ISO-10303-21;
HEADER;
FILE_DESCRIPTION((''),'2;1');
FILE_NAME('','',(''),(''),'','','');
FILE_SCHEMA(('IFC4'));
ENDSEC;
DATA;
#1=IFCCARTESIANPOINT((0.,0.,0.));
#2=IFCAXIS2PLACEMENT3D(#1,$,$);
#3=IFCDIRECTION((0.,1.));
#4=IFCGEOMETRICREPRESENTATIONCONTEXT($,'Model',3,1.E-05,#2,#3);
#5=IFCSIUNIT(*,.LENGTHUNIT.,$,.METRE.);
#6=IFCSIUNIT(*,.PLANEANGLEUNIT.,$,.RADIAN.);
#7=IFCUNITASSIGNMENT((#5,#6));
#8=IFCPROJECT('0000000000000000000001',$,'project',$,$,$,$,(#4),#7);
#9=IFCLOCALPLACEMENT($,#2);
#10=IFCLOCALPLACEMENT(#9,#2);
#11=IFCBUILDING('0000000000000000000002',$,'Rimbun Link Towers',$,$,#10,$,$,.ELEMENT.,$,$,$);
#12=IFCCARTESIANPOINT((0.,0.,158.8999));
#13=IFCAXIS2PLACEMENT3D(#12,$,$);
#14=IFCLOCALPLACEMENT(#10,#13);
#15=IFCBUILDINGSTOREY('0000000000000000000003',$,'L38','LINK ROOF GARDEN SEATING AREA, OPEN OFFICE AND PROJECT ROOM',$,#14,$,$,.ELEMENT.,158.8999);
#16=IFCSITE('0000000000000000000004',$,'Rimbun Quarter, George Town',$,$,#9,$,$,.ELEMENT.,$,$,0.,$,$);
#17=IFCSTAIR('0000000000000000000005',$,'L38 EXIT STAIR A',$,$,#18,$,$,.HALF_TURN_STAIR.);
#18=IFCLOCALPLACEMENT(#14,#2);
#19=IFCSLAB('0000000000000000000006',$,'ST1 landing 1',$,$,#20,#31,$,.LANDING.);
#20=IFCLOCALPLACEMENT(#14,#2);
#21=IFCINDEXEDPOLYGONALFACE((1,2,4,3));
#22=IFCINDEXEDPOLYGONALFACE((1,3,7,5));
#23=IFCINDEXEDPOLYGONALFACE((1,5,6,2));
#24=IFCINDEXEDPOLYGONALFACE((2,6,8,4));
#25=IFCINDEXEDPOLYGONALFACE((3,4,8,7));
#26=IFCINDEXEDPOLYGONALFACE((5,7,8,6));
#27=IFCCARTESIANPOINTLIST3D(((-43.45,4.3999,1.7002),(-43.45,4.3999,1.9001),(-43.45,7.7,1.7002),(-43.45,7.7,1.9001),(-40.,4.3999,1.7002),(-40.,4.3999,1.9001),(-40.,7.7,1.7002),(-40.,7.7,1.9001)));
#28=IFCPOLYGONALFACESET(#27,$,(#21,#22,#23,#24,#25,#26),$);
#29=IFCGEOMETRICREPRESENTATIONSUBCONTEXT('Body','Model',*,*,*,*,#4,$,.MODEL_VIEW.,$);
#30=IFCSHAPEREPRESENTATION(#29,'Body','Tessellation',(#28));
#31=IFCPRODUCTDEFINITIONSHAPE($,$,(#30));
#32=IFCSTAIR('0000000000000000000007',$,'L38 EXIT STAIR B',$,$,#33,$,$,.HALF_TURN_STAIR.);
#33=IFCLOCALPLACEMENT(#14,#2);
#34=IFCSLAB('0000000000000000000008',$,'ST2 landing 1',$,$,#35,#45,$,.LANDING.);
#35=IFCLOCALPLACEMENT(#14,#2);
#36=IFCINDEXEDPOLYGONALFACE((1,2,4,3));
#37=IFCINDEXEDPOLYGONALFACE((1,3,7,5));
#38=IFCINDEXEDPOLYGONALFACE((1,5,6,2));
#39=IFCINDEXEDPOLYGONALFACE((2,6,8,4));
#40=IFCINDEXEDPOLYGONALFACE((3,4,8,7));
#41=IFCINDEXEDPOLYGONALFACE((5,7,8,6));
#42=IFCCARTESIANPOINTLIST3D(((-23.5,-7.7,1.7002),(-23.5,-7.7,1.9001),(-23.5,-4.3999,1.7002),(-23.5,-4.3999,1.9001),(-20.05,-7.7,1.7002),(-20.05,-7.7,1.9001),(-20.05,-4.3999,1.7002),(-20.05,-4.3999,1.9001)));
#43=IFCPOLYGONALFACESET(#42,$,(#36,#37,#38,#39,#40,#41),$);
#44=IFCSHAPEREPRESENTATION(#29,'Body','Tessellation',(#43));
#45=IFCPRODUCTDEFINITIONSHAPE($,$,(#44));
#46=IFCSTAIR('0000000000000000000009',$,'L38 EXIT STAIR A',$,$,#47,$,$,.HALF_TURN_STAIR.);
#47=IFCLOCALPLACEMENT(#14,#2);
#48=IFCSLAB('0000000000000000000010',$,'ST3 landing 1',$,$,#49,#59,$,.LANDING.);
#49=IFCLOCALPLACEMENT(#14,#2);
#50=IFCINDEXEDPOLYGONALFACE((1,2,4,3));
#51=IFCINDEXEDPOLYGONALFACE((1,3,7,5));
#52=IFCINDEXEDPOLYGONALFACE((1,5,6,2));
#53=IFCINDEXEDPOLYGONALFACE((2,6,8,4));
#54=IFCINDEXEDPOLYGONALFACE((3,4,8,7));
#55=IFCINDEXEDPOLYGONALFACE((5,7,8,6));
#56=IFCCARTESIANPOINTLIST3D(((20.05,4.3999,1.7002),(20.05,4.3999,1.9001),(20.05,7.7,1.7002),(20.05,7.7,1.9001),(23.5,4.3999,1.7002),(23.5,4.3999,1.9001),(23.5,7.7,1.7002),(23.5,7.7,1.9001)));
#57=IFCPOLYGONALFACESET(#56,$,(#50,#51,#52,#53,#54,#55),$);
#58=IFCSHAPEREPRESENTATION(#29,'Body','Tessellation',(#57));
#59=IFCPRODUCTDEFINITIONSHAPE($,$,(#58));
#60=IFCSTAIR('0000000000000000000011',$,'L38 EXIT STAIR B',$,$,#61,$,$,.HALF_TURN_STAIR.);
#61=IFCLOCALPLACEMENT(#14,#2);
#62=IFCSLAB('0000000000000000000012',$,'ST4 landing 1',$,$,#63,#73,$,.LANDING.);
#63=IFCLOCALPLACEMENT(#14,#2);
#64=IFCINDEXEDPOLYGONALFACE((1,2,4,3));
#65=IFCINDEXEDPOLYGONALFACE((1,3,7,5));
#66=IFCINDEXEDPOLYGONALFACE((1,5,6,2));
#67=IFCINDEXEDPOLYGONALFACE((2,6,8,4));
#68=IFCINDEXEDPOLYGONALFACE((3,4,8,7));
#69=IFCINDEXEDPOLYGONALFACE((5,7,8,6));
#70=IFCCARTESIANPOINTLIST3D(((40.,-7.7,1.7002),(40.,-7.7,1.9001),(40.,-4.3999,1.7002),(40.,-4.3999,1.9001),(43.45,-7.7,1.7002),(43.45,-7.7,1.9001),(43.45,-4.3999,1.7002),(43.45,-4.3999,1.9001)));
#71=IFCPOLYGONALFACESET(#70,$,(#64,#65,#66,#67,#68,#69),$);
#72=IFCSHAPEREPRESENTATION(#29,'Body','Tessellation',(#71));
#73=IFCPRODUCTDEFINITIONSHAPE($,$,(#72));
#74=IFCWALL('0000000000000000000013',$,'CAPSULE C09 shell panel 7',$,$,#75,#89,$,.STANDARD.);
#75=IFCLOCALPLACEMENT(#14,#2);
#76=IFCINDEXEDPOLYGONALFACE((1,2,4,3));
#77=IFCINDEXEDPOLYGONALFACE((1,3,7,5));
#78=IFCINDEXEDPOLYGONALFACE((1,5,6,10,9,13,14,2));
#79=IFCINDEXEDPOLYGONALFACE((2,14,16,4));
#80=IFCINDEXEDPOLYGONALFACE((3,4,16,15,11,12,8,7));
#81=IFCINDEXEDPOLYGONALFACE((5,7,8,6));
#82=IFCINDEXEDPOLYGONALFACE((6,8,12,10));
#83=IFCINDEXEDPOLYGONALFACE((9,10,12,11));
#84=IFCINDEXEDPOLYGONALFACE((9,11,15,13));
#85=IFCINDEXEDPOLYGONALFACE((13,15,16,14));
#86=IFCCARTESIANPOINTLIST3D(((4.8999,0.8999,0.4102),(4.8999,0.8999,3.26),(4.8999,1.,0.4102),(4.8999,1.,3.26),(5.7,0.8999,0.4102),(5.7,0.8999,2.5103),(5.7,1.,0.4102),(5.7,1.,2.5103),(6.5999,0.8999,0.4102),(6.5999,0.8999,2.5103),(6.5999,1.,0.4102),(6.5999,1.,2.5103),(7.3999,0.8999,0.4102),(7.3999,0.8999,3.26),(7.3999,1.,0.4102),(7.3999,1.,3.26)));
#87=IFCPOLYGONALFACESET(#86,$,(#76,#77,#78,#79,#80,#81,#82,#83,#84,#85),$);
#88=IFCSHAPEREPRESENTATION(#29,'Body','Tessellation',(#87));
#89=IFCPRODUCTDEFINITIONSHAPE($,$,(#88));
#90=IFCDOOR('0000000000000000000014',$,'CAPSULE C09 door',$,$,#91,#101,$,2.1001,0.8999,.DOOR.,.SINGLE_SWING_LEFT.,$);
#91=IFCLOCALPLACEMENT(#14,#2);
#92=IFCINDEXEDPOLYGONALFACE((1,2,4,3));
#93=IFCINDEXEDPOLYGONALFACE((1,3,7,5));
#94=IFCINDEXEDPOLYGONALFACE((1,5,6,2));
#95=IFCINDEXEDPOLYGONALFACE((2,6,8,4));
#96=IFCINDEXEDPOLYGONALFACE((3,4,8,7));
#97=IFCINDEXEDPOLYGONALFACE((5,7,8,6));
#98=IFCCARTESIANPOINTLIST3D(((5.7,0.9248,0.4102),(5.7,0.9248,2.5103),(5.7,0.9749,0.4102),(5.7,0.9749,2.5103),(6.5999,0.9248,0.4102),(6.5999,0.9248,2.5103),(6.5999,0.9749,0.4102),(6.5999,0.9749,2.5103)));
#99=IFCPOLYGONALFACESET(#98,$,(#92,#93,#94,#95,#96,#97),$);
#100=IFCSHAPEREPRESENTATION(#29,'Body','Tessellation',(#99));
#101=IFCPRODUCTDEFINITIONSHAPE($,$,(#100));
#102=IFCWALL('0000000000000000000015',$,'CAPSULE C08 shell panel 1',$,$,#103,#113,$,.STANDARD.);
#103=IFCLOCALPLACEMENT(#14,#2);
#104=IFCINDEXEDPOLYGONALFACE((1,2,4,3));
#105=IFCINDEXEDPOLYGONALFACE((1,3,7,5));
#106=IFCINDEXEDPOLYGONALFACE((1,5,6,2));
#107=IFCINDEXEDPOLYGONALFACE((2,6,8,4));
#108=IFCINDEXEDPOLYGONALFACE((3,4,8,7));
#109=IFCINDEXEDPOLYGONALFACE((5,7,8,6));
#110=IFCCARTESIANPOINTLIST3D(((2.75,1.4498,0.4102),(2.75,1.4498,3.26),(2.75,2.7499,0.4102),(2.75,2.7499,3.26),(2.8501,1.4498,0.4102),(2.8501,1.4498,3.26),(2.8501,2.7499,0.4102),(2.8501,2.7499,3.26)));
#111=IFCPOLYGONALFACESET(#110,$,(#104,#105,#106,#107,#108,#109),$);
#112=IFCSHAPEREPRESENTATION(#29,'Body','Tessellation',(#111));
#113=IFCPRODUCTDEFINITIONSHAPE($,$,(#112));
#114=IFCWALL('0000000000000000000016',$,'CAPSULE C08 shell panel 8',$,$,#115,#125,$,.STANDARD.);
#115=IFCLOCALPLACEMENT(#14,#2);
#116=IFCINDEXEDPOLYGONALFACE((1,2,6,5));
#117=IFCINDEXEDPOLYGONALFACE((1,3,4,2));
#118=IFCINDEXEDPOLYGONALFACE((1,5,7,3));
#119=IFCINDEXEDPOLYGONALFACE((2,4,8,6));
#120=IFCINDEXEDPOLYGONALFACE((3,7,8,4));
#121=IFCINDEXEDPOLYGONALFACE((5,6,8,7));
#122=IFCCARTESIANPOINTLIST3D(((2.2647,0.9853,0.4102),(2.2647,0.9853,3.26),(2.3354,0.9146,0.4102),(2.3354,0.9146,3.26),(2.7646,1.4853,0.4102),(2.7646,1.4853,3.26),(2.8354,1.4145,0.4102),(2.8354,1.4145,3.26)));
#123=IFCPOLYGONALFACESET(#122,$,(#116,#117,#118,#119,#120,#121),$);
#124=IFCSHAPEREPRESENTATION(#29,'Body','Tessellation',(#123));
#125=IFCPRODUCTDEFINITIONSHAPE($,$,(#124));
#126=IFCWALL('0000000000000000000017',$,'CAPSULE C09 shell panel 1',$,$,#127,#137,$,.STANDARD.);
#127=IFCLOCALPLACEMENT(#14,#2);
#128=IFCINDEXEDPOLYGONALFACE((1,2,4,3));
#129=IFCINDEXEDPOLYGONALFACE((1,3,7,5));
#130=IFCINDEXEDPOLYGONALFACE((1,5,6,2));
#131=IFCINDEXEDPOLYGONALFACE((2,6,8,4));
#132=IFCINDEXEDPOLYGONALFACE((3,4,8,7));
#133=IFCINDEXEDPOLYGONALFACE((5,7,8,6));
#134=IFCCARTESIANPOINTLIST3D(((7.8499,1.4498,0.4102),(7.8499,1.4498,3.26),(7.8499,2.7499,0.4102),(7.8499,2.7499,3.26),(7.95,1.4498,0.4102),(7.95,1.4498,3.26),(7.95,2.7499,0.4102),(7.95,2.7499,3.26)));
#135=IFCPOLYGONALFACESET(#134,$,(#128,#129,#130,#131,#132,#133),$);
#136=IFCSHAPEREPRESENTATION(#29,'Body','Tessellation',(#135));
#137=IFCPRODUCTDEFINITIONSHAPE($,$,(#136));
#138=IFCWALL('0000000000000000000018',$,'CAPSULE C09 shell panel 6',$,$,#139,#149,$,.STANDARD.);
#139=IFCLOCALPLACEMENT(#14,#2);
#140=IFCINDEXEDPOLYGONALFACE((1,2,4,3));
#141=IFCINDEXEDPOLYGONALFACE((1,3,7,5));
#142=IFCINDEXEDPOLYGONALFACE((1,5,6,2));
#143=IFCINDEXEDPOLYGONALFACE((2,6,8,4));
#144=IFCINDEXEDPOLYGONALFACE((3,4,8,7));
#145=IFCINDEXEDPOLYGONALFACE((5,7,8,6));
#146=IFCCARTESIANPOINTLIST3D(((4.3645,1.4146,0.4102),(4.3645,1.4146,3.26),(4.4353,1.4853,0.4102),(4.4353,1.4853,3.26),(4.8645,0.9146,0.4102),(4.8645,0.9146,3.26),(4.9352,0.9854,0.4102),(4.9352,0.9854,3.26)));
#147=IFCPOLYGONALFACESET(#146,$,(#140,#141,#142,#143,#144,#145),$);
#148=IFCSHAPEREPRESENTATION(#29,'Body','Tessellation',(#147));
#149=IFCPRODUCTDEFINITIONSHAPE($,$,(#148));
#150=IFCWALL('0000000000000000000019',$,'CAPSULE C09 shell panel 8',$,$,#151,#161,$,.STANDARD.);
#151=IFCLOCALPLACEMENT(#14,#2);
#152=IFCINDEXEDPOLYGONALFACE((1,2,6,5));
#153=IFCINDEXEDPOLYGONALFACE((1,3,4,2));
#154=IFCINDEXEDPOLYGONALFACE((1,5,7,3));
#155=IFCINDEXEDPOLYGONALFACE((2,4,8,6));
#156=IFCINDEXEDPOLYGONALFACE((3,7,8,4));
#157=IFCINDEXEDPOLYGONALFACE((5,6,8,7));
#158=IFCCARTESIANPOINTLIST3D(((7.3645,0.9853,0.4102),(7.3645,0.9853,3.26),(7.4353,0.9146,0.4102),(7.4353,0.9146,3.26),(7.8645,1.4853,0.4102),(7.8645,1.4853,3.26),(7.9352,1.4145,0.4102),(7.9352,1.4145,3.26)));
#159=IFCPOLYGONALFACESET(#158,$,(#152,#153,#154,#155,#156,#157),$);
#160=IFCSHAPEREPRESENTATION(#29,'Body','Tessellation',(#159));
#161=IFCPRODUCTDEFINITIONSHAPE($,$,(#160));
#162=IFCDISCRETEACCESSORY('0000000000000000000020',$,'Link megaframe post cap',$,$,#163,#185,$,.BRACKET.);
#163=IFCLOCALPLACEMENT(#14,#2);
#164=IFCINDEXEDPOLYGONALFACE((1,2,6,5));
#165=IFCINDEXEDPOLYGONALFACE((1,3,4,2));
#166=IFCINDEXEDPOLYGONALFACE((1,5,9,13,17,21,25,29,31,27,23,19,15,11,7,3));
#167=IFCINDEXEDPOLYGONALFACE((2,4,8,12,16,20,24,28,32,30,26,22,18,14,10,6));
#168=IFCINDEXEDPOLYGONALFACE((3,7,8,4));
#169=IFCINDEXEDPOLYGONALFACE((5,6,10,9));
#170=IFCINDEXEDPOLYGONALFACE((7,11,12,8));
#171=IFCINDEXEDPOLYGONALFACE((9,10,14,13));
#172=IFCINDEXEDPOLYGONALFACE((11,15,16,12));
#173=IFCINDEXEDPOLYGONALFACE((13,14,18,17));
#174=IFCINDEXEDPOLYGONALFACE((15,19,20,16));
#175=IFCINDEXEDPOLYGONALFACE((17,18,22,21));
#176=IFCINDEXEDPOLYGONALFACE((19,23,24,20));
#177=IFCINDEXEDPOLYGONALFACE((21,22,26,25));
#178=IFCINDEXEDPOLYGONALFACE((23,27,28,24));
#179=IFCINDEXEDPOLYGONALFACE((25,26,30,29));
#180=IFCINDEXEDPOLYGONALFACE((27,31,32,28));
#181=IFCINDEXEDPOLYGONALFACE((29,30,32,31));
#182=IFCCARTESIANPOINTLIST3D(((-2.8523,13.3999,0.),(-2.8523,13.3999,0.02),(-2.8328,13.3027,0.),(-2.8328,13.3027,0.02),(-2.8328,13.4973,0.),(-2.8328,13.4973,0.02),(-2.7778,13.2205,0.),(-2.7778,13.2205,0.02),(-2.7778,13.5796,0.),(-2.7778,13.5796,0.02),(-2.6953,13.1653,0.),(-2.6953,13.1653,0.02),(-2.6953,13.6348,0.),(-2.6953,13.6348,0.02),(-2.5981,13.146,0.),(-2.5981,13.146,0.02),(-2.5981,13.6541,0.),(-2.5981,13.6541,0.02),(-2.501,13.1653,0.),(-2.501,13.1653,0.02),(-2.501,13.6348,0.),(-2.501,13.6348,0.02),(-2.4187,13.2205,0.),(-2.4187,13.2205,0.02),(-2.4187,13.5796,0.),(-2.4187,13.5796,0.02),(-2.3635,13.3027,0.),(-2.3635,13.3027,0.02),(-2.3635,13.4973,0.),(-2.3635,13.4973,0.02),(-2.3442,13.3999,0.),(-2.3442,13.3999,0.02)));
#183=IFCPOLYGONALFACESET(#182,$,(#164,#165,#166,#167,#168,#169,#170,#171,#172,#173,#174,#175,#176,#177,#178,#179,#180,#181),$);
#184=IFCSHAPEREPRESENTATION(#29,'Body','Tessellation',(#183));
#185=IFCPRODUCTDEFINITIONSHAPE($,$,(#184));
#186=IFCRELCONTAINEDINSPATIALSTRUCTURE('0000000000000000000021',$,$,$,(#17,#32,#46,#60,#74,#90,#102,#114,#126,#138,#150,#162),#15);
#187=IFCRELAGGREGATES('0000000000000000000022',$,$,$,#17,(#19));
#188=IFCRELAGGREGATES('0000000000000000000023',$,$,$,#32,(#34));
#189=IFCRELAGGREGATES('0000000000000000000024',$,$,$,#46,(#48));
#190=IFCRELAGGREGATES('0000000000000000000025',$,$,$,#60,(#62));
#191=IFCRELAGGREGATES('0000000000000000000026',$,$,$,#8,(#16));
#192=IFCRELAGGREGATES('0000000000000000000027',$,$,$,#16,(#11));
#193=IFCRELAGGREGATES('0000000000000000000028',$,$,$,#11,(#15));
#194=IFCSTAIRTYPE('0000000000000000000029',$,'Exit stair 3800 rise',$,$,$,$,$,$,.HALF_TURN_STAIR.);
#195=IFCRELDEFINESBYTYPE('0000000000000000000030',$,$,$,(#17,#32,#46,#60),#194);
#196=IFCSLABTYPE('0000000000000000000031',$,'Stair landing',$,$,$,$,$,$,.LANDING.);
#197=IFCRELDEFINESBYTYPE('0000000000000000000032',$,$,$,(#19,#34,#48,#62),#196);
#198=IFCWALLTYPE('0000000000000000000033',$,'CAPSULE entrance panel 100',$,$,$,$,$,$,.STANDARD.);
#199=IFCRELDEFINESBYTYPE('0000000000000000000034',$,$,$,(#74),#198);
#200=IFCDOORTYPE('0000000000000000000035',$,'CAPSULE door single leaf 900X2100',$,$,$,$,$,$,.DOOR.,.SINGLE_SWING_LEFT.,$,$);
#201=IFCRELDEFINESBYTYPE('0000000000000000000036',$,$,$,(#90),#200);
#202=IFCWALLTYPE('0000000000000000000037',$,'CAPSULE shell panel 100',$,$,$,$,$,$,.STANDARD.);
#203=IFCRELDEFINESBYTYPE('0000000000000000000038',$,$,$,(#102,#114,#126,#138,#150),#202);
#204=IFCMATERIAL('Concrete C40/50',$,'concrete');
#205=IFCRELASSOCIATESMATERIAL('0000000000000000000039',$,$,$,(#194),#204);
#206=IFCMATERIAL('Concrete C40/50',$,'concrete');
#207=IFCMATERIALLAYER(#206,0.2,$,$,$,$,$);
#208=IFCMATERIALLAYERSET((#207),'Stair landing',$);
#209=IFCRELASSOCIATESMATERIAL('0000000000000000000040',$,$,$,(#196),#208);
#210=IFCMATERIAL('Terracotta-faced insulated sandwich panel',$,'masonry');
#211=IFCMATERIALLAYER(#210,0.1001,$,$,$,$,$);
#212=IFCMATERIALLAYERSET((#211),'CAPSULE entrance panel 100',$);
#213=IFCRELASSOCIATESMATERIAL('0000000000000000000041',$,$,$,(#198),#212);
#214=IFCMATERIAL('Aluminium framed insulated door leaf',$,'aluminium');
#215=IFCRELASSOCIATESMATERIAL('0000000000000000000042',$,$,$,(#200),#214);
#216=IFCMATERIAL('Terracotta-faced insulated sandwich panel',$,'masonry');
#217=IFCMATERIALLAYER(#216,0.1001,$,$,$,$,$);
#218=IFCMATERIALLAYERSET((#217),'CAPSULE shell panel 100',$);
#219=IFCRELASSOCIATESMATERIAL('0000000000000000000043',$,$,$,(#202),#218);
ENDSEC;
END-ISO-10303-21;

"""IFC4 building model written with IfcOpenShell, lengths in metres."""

from ifc_helpers import new_model, si_unit, direction, frame, frame_2d, origin, place, context, subcontext, project, spatial, polyline, rectangle, outline, extrude, material, layer, layer_set, type_object, element, fill, aggregate, save


model = new_model("IFC4")

# Units and contexts
model_context = context("Model", 3, precision=1e-05, world=origin(), true_north=direction((0.0, 1.0)))
body_context = subcontext(model_context, "Body", "Model", "MODEL_VIEW")
ifc_project = project(units=[si_unit("LENGTHUNIT", "METRE"), si_unit("PLANEANGLEUNIT", "RADIAN")], contexts=[model_context])

# Site, building, storey
site_placement = place(None, origin())
site = spatial("IfcSite", under=ifc_project, at=site_placement, Name="Rimbun Quarter, George Town", CompositionType="ELEMENT", RefElevation=0.0)
building_placement = place(site_placement, origin())
building = spatial("IfcBuilding", under=site, at=building_placement, Name="Rimbun Link Towers", CompositionType="ELEMENT")
storey_placement = place(building_placement, frame((0.0, 0.0, 158.8999)))
storey = spatial("IfcBuildingStorey", under=building, at=storey_placement, Name="L38", Description="LINK ROOF GARDEN SEATING AREA, OPEN OFFICE AND PROJECT ROOM", CompositionType="ELEMENT", Elevation=158.8999)

# Stairs, slabs
ifc_material_1 = material(Name="Concrete C40/50", Category="concrete")
stair_type = type_object("IfcStairType", Name="Exit stair 3800 rise", PredefinedType="HALF_TURN_STAIR", material=ifc_material_1)
stair_1_placement = place(storey_placement, origin())
stair_1 = element("IfcStair", 1, at=stair_1_placement, inside=storey, type_object=stair_type, Name="L38 EXIT STAIR A", PredefinedType="HALF_TURN_STAIR")
ifc_material_2 = material(Name="Concrete C40/50", Category="concrete")
ifc_layer_1 = layer(ifc_material_2, 0.2)
ifc_layer_set_1 = layer_set([ifc_layer_1], Name="Stair landing")
slab_type = type_object("IfcSlabType", Name="Stair landing", PredefinedType="LANDING", material=ifc_layer_set_1)
slab_1_placement = place(storey_placement, frame((0.0, 0.0, 1.7002)))
slab_1 = element("IfcSlab", 2, at=slab_1_placement, type_object=slab_type, Name="ST1 landing 1", PredefinedType="LANDING", context=body_context, shape_type="SweptSolid", body=[
    extrude(outline(polyline([(-40.0, 7.7), (-43.45, 7.7), (-43.45, 4.3999), (-40.0, 4.3999), (-40.0, 7.7)])), origin(), (0.0, 0.0, 1.0), 0.2),
])
aggregate(stair_1, [slab_1])
stair_2_placement = place(storey_placement, origin())
stair_2 = element("IfcStair", 3, at=stair_2_placement, inside=storey, type_object=stair_type, Name="L38 EXIT STAIR B", PredefinedType="HALF_TURN_STAIR")
slab_2_placement = place(storey_placement, frame((0.0, 0.0, 1.7002)))
slab_2 = element("IfcSlab", 4, at=slab_2_placement, type_object=slab_type, Name="ST2 landing 1", PredefinedType="LANDING", context=body_context, shape_type="SweptSolid", body=[
    extrude(outline(polyline([(-23.5, -7.7), (-20.05, -7.7), (-20.05, -4.3999), (-23.5, -4.3999), (-23.5, -7.7)])), origin(), (0.0, 0.0, 1.0), 0.2),
])
aggregate(stair_2, [slab_2])
stair_3_placement = place(storey_placement, origin())
stair_3 = element("IfcStair", 5, at=stair_3_placement, inside=storey, type_object=stair_type, Name="L38 EXIT STAIR A", PredefinedType="HALF_TURN_STAIR")
slab_3_placement = place(storey_placement, frame((0.0, 0.0, 1.7002)))
slab_3 = element("IfcSlab", 6, at=slab_3_placement, type_object=slab_type, Name="ST3 landing 1", PredefinedType="LANDING", context=body_context, shape_type="SweptSolid", body=[
    extrude(outline(polyline([(23.5, 7.7), (20.05, 7.7), (20.05, 4.3999), (23.5, 4.3999), (23.5, 7.7)])), origin(), (0.0, 0.0, 1.0), 0.2),
])
aggregate(stair_3, [slab_3])
stair_4_placement = place(storey_placement, origin())
stair_4 = element("IfcStair", 7, at=stair_4_placement, inside=storey, type_object=stair_type, Name="L38 EXIT STAIR B", PredefinedType="HALF_TURN_STAIR")
slab_4_placement = place(storey_placement, frame((0.0, 0.0, 1.7002)))
slab_4 = element("IfcSlab", 8, at=slab_4_placement, type_object=slab_type, Name="ST4 landing 1", PredefinedType="LANDING", context=body_context, shape_type="SweptSolid", body=[
    extrude(outline(polyline([(40.0, -7.7), (43.45, -7.7), (43.45, -4.3999), (40.0, -4.3999), (40.0, -7.7)])), origin(), (0.0, 0.0, 1.0), 0.2),
])
aggregate(stair_4, [slab_4])

# Wall, opening, door
ifc_material_3 = material(Name="Terracotta-faced insulated sandwich panel", Category="masonry")
ifc_layer_2 = layer(ifc_material_3, 0.1001)
ifc_layer_set_2 = layer_set([ifc_layer_2], Name="CAPSULE entrance panel 100")
wall_type_1 = type_object("IfcWallType", Name="CAPSULE entrance panel 100", PredefinedType="STANDARD", material=ifc_layer_set_2)
wall_1_placement = place(storey_placement, frame((4.8999, 0.95, 0.4102), z_axis=(0.0, 0.0, 1.0), x_axis=(1.0, 0.0, 0.0)))
wall_1 = element("IfcWall", 9, at=wall_1_placement, inside=storey, type_object=wall_type_1, Name="CAPSULE C09 shell panel 7", PredefinedType="STANDARD", context=body_context, shape_type="SweptSolid", body=[
    extrude(rectangle(XDim=2.5, YDim=0.1001, at=frame_2d((1.25, 0.0))), origin(), (0.0, 0.0, 1.0), 2.8499),
])
opening_placement = place(wall_1_placement, frame((0.8, 0.0, 0.0)))
opening = element("IfcOpeningElement", 10, at=opening_placement, cuts=wall_1, PredefinedType="OPENING", context=body_context, shape_type="SweptSolid", body=[
    extrude(rectangle(XDim=0.8999, YDim=2.1001, at=frame_2d((0.45, 1.05))), frame((0.0, 0.0601, 0.0), z_axis=(0.0, -1.0, 0.0), x_axis=(1.0, 0.0, 0.0)), (0.0, 0.0, 1.0), 0.1201),
])
ifc_material_4 = material(Name="Aluminium framed insulated door leaf", Category="aluminium")
door_type = type_object("IfcDoorType", Name="CAPSULE door single leaf 900X2100", OperationType="SINGLE_SWING_LEFT", PredefinedType="DOOR", material=ifc_material_4)
door_placement = place(opening_placement, origin())
door = element("IfcDoor", 11, at=door_placement, inside=storey, type_object=door_type, Name="CAPSULE C09 door", OperationType="SINGLE_SWING_LEFT", OverallHeight=2.1001, OverallWidth=0.8999, PredefinedType="DOOR", context=body_context, shape_type="SweptSolid", body=[
    extrude(rectangle(XDim=0.8999, YDim=2.1001, at=frame_2d((0.45, 1.05))), frame((0.0, 0.0249, 0.0), z_axis=(0.0, -1.0, 0.0), x_axis=(1.0, 0.0, 0.0)), (0.0, 0.0, 1.0), 0.05),
])
fill(opening, door)

# Walls
ifc_material_5 = material(Name="Terracotta-faced insulated sandwich panel", Category="masonry")
ifc_layer_3 = layer(ifc_material_5, 0.1001)
ifc_layer_set_3 = layer_set([ifc_layer_3], Name="CAPSULE shell panel 100")
wall_type_2 = type_object("IfcWallType", Name="CAPSULE shell panel 100", PredefinedType="STANDARD", material=ifc_layer_set_3)
wall_2_placement = place(storey_placement, frame((2.8, 1.45, 0.4102), z_axis=(0.0, 0.0, 1.0), x_axis=(0.0, 1.0, 0.0)))
element("IfcWall", 12, at=wall_2_placement, inside=storey, type_object=wall_type_2, Name="CAPSULE C08 shell panel 1", PredefinedType="STANDARD", context=body_context, shape_type="SweptSolid", body=[
    extrude(rectangle(XDim=1.3, YDim=0.1001, at=frame_2d((0.6499, 0.0))), origin(), (0.0, 0.0, 1.0), 2.8499),
])
wall_3_placement = place(storey_placement, frame((2.3, 0.95, 0.4102), z_axis=(0.0, 0.0, 1.0), x_axis=(0.707107, 0.707107, 0.0)))
element("IfcWall", 13, at=wall_3_placement, inside=storey, type_object=wall_type_2, Name="CAPSULE C08 shell panel 8", PredefinedType="STANDARD", context=body_context, shape_type="SweptSolid", body=[
    extrude(rectangle(XDim=0.707, YDim=0.1001, at=frame_2d((0.3535, 0.0))), origin(), (0.0, 0.0, 1.0), 2.8499),
])
wall_4_placement = place(storey_placement, frame((7.8999, 1.45, 0.4102), z_axis=(0.0, 0.0, 1.0), x_axis=(0.0, 1.0, 0.0)))
element("IfcWall", 14, at=wall_4_placement, inside=storey, type_object=wall_type_2, Name="CAPSULE C09 shell panel 1", PredefinedType="STANDARD", context=body_context, shape_type="SweptSolid", body=[
    extrude(rectangle(XDim=1.3, YDim=0.1001, at=frame_2d((0.6499, 0.0))), origin(), (0.0, 0.0, 1.0), 2.8499),
])
for number, where, z_axis, x_axis, name in (
    (15, (4.3999, 1.45, 0.4102), (0.0, 0.0, 1.0), (0.707107, -0.707107, 0.0), "CAPSULE C09 shell panel 6"),
    (16, (7.3999, 0.95, 0.4102), (0.0, 0.0, 1.0), (0.707107, 0.707107, 0.0), "CAPSULE C09 shell panel 8"),
):
    element("IfcWall", number, at=place(storey_placement, frame(where, z_axis=z_axis, x_axis=x_axis)), inside=storey, type_object=wall_type_2, Name=name, PredefinedType="STANDARD", context=body_context, shape_type="SweptSolid", body=[
        extrude(rectangle(XDim=0.707, YDim=0.1001, at=frame_2d((0.3535, 0.0))), origin(), (0.0, 0.0, 1.0), 2.8499),
    ])

# Discrete accessory
discrete_accessory_1_placement = place(storey_placement, origin())
element("IfcDiscreteAccessory", 17, at=discrete_accessory_1_placement, inside=storey, Name="Link megaframe post cap", PredefinedType="BRACKET", context=body_context, shape_type="SweptSolid", body=[
    extrude(outline(polyline([(-2.3442, 13.3999), (-2.3635, 13.4973), (-2.4187, 13.5796), (-2.501, 13.6348), (-2.5981, 13.6541), (-2.6953, 13.6348), (-2.7778, 13.5796), (-2.8328, 13.4973), (-2.8523, 13.3999), (-2.8328, 13.3027), (-2.7778, 13.2205), (-2.6953, 13.1653), (-2.5981, 13.146), (-2.501, 13.1653), (-2.4187, 13.2205), (-2.3635, 13.3027), (-2.3442, 13.3999)])), origin(), (0.0, 0.0, 1.0), 0.02),
])

save(model, "model.ifc")
